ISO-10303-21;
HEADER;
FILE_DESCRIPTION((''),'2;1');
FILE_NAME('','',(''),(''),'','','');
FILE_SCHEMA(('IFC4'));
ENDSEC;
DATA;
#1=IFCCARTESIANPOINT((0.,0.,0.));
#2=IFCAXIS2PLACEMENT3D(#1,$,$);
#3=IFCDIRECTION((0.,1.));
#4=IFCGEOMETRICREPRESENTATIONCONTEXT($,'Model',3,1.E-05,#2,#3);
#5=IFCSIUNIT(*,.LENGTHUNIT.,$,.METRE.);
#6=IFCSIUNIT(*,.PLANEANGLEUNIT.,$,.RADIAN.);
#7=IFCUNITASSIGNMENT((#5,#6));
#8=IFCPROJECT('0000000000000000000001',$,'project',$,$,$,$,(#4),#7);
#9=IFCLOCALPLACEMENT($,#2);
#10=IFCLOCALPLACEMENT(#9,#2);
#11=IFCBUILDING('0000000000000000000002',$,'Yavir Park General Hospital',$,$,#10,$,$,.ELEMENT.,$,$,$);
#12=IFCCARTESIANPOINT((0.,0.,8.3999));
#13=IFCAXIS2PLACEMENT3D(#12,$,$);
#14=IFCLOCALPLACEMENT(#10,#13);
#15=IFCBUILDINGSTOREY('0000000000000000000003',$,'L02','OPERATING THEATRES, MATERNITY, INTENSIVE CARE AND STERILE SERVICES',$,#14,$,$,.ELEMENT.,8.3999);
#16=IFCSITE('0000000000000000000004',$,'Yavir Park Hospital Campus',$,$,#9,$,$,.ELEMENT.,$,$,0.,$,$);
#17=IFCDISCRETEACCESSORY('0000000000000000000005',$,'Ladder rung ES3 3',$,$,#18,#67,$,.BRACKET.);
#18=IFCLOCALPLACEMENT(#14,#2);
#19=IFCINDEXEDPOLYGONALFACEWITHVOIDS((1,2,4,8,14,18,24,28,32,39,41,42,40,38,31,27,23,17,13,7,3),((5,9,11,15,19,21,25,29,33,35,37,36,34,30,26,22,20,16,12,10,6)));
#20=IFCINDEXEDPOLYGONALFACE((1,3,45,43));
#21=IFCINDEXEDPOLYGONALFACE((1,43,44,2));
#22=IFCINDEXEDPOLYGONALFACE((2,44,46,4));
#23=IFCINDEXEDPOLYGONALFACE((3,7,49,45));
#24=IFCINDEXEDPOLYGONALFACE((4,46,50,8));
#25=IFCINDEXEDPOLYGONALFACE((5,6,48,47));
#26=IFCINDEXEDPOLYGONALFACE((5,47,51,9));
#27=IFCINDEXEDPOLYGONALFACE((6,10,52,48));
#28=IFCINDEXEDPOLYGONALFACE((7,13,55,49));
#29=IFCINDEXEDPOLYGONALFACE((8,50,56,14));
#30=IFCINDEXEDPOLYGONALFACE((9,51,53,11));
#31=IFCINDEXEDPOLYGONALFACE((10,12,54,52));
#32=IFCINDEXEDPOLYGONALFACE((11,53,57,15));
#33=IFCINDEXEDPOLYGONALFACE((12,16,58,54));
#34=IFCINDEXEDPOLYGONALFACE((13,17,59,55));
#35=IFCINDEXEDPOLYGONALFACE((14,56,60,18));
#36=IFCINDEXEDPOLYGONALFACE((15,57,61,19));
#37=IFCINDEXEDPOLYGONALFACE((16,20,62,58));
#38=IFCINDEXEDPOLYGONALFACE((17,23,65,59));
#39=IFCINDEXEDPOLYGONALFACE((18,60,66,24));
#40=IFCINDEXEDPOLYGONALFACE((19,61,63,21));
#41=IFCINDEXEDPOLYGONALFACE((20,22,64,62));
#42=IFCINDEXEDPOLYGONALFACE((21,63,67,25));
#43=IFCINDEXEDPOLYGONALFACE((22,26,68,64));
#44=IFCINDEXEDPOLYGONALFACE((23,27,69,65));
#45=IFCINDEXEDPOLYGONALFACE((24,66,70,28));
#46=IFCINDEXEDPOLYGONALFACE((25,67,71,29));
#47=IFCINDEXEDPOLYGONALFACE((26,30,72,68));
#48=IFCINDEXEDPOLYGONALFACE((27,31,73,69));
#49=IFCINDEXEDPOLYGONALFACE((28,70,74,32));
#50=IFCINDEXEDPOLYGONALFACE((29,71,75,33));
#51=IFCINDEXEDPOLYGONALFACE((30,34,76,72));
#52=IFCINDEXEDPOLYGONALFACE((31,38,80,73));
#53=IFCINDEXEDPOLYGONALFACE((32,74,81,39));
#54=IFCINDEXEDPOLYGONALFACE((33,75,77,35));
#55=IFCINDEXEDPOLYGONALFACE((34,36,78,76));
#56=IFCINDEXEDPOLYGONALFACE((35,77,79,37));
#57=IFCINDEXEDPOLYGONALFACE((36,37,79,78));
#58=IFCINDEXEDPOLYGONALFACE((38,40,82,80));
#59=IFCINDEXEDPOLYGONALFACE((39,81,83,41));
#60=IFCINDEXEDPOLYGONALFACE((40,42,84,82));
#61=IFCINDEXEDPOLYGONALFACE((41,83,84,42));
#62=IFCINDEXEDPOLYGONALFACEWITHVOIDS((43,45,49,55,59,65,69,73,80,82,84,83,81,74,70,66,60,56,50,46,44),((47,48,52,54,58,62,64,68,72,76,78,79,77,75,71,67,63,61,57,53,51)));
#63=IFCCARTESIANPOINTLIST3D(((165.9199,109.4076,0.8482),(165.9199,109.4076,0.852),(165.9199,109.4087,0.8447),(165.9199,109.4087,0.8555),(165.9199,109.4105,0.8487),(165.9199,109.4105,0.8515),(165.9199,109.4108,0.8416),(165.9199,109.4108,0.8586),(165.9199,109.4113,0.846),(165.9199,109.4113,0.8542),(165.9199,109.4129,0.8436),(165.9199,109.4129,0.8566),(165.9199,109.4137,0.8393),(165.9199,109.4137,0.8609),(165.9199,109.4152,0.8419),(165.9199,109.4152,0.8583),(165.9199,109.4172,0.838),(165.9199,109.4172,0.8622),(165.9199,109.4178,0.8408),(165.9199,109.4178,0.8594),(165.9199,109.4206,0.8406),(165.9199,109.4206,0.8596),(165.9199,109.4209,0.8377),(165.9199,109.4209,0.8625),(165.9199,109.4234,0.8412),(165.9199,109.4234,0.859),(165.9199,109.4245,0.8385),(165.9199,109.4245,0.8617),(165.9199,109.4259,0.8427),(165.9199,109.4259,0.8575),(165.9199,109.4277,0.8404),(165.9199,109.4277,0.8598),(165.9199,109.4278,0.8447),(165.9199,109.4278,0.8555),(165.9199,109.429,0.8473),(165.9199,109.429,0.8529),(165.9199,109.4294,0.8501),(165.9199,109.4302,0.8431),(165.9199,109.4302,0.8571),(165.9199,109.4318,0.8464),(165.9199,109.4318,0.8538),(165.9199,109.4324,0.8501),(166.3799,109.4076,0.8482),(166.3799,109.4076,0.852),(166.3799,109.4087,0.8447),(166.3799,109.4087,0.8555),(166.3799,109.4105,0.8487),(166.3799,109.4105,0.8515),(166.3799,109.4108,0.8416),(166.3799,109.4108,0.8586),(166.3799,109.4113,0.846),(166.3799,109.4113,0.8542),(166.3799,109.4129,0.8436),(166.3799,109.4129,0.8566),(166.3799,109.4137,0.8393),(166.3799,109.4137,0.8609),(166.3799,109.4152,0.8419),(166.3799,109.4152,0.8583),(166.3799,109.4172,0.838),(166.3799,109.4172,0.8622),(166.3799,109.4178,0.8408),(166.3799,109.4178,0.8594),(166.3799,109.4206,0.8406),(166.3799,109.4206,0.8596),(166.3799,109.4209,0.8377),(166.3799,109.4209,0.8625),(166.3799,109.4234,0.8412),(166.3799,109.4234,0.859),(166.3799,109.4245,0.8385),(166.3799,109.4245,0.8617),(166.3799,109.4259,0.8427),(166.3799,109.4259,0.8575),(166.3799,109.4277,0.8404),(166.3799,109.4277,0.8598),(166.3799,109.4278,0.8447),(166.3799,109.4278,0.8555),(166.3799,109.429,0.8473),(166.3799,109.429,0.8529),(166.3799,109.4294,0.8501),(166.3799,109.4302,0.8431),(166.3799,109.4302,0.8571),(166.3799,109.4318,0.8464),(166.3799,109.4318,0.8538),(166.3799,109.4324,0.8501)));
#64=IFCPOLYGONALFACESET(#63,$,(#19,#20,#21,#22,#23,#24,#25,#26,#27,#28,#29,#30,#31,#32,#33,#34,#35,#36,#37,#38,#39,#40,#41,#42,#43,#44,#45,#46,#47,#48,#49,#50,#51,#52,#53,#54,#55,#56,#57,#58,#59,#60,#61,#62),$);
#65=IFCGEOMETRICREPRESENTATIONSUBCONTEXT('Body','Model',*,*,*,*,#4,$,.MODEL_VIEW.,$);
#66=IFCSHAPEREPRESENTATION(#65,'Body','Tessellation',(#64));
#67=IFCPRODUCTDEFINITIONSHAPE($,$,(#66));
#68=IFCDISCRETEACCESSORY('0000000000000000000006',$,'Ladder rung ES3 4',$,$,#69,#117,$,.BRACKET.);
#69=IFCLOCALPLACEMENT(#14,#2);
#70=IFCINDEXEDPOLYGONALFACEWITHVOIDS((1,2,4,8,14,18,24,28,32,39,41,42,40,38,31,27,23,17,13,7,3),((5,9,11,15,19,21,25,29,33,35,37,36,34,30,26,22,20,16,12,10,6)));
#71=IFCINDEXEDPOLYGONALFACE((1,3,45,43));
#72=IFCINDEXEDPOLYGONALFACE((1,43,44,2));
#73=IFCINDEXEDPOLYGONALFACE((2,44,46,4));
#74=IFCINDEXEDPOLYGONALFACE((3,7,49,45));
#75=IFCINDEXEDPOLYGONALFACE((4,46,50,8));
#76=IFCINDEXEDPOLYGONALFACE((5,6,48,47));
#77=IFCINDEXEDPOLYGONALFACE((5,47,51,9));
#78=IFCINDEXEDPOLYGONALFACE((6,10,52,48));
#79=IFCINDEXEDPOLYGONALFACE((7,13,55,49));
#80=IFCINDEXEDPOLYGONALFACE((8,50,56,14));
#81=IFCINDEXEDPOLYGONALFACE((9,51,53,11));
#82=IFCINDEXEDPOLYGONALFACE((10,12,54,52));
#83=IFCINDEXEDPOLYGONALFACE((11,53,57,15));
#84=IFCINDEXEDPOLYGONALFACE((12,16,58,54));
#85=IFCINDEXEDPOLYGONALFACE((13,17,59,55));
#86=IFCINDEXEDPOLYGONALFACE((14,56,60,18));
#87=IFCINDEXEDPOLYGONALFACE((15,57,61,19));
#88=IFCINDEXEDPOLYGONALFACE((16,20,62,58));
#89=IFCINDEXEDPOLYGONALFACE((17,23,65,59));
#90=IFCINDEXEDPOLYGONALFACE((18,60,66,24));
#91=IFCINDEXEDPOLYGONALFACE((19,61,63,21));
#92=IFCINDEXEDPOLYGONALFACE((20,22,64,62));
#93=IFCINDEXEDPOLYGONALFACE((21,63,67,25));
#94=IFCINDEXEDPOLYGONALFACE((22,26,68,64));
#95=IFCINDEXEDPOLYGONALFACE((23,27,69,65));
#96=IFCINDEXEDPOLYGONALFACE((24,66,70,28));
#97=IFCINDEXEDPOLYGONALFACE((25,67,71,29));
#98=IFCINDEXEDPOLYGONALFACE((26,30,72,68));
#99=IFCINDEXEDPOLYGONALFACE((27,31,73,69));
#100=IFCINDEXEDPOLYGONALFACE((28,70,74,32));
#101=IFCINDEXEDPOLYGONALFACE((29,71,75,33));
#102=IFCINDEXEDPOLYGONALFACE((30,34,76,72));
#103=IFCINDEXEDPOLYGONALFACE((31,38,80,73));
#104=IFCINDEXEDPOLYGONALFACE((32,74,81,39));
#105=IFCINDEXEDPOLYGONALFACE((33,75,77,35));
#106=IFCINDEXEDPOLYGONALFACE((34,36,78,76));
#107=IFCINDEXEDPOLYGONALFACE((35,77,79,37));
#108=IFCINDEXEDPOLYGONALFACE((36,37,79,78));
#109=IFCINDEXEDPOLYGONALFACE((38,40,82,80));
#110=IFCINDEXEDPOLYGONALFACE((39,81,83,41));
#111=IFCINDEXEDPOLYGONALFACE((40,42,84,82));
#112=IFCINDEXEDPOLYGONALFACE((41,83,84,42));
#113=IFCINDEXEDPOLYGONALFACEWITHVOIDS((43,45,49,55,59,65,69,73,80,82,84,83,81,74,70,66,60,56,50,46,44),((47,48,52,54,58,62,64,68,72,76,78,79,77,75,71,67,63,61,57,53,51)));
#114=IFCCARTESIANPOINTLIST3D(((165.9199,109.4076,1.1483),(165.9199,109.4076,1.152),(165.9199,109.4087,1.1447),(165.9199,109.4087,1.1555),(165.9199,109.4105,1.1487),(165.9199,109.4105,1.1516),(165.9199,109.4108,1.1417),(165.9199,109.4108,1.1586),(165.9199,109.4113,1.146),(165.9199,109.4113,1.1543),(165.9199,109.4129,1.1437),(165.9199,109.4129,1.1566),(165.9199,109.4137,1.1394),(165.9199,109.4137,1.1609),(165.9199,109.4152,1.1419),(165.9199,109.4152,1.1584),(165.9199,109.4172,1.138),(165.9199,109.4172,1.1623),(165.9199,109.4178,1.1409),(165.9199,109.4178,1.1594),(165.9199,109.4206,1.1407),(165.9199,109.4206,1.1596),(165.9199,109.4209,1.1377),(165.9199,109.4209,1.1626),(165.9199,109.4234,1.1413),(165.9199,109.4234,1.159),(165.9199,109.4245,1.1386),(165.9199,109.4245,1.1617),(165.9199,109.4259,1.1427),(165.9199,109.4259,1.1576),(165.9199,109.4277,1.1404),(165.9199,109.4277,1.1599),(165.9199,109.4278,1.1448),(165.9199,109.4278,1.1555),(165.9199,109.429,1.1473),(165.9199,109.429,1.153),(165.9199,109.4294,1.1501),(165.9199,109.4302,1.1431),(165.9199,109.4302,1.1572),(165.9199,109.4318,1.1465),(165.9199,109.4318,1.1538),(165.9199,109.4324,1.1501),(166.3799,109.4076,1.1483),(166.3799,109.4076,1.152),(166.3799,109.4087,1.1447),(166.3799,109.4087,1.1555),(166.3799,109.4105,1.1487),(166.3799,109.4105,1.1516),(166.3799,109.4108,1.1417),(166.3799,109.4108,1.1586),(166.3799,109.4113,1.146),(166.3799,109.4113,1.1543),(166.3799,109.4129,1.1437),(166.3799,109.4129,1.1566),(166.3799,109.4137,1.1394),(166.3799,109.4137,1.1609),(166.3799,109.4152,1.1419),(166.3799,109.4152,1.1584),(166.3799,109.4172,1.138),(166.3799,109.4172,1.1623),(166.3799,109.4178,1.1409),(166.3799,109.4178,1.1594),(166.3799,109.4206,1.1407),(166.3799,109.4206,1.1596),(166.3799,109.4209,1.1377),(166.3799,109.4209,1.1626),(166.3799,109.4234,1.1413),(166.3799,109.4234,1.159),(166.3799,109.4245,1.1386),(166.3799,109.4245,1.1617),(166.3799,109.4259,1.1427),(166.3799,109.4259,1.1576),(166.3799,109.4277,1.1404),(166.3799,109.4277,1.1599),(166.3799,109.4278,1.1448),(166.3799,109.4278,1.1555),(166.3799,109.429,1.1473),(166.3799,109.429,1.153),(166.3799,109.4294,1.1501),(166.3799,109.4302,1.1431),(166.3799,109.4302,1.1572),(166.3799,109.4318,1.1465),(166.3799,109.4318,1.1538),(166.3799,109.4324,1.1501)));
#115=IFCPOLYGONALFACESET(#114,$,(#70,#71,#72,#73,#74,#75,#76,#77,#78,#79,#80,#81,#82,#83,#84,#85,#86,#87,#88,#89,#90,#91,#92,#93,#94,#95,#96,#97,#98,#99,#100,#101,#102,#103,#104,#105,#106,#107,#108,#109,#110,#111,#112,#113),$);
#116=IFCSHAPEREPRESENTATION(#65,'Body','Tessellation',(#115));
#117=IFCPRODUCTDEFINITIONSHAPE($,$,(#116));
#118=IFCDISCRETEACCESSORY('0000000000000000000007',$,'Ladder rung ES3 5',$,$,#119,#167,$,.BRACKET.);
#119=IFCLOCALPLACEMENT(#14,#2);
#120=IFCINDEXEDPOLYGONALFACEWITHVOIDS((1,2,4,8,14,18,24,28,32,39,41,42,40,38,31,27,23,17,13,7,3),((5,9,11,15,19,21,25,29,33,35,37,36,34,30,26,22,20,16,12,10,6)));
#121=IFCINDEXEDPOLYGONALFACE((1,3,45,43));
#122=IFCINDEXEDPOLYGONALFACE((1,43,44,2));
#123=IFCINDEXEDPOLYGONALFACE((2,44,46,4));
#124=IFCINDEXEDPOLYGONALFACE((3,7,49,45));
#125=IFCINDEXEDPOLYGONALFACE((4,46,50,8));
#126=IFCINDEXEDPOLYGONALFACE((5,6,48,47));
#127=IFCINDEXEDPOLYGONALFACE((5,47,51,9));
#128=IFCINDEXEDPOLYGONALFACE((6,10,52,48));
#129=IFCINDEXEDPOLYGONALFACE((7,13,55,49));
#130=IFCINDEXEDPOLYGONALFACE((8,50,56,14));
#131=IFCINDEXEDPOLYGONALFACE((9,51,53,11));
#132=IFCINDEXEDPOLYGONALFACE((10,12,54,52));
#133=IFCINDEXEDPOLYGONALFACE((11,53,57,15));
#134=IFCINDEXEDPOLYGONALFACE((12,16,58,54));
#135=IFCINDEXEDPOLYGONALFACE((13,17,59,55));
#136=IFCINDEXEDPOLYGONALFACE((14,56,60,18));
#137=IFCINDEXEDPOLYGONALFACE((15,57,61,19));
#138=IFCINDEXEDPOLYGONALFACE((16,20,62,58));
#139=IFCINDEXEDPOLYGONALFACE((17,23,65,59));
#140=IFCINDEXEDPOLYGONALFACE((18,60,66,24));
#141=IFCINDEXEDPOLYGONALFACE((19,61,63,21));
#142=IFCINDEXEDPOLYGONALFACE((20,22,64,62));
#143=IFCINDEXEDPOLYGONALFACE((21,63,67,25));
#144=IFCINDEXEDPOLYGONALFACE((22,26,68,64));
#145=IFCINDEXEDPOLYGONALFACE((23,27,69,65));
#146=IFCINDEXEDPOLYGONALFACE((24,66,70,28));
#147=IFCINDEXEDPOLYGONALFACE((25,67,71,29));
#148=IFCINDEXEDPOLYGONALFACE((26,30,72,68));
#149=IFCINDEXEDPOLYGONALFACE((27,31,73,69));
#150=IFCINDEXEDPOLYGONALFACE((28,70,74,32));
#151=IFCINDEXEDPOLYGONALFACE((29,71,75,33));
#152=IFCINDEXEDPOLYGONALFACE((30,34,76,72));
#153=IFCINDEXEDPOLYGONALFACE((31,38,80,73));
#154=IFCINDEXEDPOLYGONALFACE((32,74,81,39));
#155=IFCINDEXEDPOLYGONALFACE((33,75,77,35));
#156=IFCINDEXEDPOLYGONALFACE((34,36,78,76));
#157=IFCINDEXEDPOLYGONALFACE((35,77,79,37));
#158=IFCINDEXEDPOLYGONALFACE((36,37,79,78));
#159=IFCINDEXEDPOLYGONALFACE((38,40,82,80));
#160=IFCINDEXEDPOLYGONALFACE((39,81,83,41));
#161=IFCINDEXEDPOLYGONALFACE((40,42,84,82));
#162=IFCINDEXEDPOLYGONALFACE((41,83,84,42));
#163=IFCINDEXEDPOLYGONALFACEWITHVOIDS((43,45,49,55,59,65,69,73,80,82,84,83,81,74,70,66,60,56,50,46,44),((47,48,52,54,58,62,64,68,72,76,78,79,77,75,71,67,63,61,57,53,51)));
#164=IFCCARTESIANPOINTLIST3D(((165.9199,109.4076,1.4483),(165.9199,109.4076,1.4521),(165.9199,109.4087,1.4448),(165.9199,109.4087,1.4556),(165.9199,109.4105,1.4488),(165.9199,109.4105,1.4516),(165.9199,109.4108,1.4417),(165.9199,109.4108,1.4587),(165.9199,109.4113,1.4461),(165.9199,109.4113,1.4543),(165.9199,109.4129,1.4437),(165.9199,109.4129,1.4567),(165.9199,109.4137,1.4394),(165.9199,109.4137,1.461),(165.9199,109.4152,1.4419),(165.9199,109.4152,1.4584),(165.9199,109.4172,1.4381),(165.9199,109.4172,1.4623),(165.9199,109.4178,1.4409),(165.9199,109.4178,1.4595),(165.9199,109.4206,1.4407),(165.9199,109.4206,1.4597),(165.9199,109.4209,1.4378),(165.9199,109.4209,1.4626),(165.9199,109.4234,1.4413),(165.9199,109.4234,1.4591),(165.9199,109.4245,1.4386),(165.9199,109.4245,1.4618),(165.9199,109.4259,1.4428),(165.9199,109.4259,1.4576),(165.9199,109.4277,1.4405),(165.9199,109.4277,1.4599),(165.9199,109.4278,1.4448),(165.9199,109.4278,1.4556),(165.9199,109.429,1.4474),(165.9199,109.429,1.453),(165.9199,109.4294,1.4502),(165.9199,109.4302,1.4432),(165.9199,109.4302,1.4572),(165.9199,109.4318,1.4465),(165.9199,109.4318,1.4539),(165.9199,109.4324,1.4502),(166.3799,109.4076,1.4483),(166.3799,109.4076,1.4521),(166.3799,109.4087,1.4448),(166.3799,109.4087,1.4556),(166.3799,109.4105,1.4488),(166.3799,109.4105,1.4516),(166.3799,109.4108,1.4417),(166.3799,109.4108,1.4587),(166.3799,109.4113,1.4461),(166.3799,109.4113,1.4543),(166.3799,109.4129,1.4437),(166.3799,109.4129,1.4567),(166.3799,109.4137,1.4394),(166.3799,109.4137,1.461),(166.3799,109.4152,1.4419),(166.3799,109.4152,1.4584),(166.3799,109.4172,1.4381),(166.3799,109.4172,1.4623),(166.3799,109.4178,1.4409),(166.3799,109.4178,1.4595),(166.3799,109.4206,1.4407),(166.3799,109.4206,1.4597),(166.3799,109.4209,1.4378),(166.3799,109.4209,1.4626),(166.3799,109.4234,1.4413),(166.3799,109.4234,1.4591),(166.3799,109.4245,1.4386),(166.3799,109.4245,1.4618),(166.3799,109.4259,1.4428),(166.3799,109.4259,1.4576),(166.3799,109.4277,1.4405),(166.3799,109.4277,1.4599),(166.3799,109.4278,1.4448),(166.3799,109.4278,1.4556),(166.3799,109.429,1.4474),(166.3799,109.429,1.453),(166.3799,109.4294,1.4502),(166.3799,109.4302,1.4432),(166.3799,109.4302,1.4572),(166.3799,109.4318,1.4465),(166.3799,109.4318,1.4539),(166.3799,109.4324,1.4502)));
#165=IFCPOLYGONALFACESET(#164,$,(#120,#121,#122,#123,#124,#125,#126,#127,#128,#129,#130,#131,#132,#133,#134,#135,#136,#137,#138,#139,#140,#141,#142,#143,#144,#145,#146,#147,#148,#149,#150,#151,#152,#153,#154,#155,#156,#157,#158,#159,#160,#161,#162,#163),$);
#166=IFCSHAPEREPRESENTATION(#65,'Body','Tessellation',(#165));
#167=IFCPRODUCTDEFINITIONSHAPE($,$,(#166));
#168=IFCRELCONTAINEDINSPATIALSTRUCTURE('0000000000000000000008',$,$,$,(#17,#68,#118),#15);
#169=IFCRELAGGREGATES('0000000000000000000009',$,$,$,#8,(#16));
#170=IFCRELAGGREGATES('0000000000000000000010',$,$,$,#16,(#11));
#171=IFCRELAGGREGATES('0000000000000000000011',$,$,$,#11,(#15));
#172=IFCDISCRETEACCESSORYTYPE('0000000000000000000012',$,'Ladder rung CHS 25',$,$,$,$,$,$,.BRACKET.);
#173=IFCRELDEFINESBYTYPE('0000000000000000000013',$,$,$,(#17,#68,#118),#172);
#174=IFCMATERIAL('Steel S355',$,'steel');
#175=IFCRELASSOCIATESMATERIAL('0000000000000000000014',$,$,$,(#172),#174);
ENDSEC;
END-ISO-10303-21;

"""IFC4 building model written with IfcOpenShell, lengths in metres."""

from ifc_helpers import new_model, si_unit, direction, frame, origin, origin_2d, place, context, subcontext, project, spatial, hollow_circle, extrude, material, material_profile, profile_set, type_object, element, save


model = new_model("IFC4")

# Units and contexts
model_context = context("Model", 3, precision=1e-05, world=origin(), true_north=direction((0.0, 1.0)))
body_context = subcontext(model_context, "Body", "Model", "MODEL_VIEW")
ifc_project = project(units=[si_unit("LENGTHUNIT", "METRE"), si_unit("PLANEANGLEUNIT", "RADIAN")], contexts=[model_context])

# Site, building, storey
site_placement = place(None, origin())
site = spatial("IfcSite", under=ifc_project, at=site_placement, Name="Yavir Park Hospital Campus", CompositionType="ELEMENT", RefElevation=0.0)
building_placement = place(site_placement, origin())
building = spatial("IfcBuilding", under=site, at=building_placement, Name="Yavir Park General Hospital", CompositionType="ELEMENT")
storey_placement = place(building_placement, frame((0.0, 0.0, 8.3999)))
storey = spatial("IfcBuildingStorey", under=building, at=storey_placement, Name="L02", Description="OPERATING THEATRES, MATERNITY, INTENSIVE CARE AND STERILE SERVICES", CompositionType="ELEMENT", Elevation=8.3999)

# Discrete accessories
ifc_material_1 = material(Name="Steel S355", Category="steel")
ifc_material_profile_1 = material_profile(ifc_material_1, hollow_circle(Radius=0.0125, WallThickness=0.0029, at=origin_2d()), Name="CHS25x3")
ifc_profile_set_1 = profile_set([ifc_material_profile_1], Name="Steel S355")
discrete_accessory_type_1 = type_object("IfcDiscreteAccessoryType", Name="Ladder rung CHS 25", PredefinedType="BRACKET", material=ifc_profile_set_1)
for number, where, z_axis, x_axis, name in (
    (1, (165.9199, 109.4199, 0.8501), (1.0, 0.0, 0.0), (0.0, 1.0, 0.0), "Ladder rung ES3 3"),
    (2, (165.9199, 109.4199, 1.1501), (1.0, 0.0, 0.0), (0.0, 1.0, 0.0), "Ladder rung ES3 4"),
    (3, (165.9199, 109.4199, 1.4502), (1.0, 0.0, 0.0), (0.0, 1.0, 0.0), "Ladder rung ES3 5"),
):
    element("IfcDiscreteAccessory", number, at=place(storey_placement, frame(where, z_axis=z_axis, x_axis=x_axis)), inside=storey, type_object=discrete_accessory_type_1, Name=name, PredefinedType="BRACKET", context=body_context, shape_type="SweptSolid", body=[
        extrude(hollow_circle(Radius=0.0125, WallThickness=0.0029, at=origin_2d()), origin(), (0.0, 0.0, 1.0), 0.46),
    ])

save(model, "model.ifc")
